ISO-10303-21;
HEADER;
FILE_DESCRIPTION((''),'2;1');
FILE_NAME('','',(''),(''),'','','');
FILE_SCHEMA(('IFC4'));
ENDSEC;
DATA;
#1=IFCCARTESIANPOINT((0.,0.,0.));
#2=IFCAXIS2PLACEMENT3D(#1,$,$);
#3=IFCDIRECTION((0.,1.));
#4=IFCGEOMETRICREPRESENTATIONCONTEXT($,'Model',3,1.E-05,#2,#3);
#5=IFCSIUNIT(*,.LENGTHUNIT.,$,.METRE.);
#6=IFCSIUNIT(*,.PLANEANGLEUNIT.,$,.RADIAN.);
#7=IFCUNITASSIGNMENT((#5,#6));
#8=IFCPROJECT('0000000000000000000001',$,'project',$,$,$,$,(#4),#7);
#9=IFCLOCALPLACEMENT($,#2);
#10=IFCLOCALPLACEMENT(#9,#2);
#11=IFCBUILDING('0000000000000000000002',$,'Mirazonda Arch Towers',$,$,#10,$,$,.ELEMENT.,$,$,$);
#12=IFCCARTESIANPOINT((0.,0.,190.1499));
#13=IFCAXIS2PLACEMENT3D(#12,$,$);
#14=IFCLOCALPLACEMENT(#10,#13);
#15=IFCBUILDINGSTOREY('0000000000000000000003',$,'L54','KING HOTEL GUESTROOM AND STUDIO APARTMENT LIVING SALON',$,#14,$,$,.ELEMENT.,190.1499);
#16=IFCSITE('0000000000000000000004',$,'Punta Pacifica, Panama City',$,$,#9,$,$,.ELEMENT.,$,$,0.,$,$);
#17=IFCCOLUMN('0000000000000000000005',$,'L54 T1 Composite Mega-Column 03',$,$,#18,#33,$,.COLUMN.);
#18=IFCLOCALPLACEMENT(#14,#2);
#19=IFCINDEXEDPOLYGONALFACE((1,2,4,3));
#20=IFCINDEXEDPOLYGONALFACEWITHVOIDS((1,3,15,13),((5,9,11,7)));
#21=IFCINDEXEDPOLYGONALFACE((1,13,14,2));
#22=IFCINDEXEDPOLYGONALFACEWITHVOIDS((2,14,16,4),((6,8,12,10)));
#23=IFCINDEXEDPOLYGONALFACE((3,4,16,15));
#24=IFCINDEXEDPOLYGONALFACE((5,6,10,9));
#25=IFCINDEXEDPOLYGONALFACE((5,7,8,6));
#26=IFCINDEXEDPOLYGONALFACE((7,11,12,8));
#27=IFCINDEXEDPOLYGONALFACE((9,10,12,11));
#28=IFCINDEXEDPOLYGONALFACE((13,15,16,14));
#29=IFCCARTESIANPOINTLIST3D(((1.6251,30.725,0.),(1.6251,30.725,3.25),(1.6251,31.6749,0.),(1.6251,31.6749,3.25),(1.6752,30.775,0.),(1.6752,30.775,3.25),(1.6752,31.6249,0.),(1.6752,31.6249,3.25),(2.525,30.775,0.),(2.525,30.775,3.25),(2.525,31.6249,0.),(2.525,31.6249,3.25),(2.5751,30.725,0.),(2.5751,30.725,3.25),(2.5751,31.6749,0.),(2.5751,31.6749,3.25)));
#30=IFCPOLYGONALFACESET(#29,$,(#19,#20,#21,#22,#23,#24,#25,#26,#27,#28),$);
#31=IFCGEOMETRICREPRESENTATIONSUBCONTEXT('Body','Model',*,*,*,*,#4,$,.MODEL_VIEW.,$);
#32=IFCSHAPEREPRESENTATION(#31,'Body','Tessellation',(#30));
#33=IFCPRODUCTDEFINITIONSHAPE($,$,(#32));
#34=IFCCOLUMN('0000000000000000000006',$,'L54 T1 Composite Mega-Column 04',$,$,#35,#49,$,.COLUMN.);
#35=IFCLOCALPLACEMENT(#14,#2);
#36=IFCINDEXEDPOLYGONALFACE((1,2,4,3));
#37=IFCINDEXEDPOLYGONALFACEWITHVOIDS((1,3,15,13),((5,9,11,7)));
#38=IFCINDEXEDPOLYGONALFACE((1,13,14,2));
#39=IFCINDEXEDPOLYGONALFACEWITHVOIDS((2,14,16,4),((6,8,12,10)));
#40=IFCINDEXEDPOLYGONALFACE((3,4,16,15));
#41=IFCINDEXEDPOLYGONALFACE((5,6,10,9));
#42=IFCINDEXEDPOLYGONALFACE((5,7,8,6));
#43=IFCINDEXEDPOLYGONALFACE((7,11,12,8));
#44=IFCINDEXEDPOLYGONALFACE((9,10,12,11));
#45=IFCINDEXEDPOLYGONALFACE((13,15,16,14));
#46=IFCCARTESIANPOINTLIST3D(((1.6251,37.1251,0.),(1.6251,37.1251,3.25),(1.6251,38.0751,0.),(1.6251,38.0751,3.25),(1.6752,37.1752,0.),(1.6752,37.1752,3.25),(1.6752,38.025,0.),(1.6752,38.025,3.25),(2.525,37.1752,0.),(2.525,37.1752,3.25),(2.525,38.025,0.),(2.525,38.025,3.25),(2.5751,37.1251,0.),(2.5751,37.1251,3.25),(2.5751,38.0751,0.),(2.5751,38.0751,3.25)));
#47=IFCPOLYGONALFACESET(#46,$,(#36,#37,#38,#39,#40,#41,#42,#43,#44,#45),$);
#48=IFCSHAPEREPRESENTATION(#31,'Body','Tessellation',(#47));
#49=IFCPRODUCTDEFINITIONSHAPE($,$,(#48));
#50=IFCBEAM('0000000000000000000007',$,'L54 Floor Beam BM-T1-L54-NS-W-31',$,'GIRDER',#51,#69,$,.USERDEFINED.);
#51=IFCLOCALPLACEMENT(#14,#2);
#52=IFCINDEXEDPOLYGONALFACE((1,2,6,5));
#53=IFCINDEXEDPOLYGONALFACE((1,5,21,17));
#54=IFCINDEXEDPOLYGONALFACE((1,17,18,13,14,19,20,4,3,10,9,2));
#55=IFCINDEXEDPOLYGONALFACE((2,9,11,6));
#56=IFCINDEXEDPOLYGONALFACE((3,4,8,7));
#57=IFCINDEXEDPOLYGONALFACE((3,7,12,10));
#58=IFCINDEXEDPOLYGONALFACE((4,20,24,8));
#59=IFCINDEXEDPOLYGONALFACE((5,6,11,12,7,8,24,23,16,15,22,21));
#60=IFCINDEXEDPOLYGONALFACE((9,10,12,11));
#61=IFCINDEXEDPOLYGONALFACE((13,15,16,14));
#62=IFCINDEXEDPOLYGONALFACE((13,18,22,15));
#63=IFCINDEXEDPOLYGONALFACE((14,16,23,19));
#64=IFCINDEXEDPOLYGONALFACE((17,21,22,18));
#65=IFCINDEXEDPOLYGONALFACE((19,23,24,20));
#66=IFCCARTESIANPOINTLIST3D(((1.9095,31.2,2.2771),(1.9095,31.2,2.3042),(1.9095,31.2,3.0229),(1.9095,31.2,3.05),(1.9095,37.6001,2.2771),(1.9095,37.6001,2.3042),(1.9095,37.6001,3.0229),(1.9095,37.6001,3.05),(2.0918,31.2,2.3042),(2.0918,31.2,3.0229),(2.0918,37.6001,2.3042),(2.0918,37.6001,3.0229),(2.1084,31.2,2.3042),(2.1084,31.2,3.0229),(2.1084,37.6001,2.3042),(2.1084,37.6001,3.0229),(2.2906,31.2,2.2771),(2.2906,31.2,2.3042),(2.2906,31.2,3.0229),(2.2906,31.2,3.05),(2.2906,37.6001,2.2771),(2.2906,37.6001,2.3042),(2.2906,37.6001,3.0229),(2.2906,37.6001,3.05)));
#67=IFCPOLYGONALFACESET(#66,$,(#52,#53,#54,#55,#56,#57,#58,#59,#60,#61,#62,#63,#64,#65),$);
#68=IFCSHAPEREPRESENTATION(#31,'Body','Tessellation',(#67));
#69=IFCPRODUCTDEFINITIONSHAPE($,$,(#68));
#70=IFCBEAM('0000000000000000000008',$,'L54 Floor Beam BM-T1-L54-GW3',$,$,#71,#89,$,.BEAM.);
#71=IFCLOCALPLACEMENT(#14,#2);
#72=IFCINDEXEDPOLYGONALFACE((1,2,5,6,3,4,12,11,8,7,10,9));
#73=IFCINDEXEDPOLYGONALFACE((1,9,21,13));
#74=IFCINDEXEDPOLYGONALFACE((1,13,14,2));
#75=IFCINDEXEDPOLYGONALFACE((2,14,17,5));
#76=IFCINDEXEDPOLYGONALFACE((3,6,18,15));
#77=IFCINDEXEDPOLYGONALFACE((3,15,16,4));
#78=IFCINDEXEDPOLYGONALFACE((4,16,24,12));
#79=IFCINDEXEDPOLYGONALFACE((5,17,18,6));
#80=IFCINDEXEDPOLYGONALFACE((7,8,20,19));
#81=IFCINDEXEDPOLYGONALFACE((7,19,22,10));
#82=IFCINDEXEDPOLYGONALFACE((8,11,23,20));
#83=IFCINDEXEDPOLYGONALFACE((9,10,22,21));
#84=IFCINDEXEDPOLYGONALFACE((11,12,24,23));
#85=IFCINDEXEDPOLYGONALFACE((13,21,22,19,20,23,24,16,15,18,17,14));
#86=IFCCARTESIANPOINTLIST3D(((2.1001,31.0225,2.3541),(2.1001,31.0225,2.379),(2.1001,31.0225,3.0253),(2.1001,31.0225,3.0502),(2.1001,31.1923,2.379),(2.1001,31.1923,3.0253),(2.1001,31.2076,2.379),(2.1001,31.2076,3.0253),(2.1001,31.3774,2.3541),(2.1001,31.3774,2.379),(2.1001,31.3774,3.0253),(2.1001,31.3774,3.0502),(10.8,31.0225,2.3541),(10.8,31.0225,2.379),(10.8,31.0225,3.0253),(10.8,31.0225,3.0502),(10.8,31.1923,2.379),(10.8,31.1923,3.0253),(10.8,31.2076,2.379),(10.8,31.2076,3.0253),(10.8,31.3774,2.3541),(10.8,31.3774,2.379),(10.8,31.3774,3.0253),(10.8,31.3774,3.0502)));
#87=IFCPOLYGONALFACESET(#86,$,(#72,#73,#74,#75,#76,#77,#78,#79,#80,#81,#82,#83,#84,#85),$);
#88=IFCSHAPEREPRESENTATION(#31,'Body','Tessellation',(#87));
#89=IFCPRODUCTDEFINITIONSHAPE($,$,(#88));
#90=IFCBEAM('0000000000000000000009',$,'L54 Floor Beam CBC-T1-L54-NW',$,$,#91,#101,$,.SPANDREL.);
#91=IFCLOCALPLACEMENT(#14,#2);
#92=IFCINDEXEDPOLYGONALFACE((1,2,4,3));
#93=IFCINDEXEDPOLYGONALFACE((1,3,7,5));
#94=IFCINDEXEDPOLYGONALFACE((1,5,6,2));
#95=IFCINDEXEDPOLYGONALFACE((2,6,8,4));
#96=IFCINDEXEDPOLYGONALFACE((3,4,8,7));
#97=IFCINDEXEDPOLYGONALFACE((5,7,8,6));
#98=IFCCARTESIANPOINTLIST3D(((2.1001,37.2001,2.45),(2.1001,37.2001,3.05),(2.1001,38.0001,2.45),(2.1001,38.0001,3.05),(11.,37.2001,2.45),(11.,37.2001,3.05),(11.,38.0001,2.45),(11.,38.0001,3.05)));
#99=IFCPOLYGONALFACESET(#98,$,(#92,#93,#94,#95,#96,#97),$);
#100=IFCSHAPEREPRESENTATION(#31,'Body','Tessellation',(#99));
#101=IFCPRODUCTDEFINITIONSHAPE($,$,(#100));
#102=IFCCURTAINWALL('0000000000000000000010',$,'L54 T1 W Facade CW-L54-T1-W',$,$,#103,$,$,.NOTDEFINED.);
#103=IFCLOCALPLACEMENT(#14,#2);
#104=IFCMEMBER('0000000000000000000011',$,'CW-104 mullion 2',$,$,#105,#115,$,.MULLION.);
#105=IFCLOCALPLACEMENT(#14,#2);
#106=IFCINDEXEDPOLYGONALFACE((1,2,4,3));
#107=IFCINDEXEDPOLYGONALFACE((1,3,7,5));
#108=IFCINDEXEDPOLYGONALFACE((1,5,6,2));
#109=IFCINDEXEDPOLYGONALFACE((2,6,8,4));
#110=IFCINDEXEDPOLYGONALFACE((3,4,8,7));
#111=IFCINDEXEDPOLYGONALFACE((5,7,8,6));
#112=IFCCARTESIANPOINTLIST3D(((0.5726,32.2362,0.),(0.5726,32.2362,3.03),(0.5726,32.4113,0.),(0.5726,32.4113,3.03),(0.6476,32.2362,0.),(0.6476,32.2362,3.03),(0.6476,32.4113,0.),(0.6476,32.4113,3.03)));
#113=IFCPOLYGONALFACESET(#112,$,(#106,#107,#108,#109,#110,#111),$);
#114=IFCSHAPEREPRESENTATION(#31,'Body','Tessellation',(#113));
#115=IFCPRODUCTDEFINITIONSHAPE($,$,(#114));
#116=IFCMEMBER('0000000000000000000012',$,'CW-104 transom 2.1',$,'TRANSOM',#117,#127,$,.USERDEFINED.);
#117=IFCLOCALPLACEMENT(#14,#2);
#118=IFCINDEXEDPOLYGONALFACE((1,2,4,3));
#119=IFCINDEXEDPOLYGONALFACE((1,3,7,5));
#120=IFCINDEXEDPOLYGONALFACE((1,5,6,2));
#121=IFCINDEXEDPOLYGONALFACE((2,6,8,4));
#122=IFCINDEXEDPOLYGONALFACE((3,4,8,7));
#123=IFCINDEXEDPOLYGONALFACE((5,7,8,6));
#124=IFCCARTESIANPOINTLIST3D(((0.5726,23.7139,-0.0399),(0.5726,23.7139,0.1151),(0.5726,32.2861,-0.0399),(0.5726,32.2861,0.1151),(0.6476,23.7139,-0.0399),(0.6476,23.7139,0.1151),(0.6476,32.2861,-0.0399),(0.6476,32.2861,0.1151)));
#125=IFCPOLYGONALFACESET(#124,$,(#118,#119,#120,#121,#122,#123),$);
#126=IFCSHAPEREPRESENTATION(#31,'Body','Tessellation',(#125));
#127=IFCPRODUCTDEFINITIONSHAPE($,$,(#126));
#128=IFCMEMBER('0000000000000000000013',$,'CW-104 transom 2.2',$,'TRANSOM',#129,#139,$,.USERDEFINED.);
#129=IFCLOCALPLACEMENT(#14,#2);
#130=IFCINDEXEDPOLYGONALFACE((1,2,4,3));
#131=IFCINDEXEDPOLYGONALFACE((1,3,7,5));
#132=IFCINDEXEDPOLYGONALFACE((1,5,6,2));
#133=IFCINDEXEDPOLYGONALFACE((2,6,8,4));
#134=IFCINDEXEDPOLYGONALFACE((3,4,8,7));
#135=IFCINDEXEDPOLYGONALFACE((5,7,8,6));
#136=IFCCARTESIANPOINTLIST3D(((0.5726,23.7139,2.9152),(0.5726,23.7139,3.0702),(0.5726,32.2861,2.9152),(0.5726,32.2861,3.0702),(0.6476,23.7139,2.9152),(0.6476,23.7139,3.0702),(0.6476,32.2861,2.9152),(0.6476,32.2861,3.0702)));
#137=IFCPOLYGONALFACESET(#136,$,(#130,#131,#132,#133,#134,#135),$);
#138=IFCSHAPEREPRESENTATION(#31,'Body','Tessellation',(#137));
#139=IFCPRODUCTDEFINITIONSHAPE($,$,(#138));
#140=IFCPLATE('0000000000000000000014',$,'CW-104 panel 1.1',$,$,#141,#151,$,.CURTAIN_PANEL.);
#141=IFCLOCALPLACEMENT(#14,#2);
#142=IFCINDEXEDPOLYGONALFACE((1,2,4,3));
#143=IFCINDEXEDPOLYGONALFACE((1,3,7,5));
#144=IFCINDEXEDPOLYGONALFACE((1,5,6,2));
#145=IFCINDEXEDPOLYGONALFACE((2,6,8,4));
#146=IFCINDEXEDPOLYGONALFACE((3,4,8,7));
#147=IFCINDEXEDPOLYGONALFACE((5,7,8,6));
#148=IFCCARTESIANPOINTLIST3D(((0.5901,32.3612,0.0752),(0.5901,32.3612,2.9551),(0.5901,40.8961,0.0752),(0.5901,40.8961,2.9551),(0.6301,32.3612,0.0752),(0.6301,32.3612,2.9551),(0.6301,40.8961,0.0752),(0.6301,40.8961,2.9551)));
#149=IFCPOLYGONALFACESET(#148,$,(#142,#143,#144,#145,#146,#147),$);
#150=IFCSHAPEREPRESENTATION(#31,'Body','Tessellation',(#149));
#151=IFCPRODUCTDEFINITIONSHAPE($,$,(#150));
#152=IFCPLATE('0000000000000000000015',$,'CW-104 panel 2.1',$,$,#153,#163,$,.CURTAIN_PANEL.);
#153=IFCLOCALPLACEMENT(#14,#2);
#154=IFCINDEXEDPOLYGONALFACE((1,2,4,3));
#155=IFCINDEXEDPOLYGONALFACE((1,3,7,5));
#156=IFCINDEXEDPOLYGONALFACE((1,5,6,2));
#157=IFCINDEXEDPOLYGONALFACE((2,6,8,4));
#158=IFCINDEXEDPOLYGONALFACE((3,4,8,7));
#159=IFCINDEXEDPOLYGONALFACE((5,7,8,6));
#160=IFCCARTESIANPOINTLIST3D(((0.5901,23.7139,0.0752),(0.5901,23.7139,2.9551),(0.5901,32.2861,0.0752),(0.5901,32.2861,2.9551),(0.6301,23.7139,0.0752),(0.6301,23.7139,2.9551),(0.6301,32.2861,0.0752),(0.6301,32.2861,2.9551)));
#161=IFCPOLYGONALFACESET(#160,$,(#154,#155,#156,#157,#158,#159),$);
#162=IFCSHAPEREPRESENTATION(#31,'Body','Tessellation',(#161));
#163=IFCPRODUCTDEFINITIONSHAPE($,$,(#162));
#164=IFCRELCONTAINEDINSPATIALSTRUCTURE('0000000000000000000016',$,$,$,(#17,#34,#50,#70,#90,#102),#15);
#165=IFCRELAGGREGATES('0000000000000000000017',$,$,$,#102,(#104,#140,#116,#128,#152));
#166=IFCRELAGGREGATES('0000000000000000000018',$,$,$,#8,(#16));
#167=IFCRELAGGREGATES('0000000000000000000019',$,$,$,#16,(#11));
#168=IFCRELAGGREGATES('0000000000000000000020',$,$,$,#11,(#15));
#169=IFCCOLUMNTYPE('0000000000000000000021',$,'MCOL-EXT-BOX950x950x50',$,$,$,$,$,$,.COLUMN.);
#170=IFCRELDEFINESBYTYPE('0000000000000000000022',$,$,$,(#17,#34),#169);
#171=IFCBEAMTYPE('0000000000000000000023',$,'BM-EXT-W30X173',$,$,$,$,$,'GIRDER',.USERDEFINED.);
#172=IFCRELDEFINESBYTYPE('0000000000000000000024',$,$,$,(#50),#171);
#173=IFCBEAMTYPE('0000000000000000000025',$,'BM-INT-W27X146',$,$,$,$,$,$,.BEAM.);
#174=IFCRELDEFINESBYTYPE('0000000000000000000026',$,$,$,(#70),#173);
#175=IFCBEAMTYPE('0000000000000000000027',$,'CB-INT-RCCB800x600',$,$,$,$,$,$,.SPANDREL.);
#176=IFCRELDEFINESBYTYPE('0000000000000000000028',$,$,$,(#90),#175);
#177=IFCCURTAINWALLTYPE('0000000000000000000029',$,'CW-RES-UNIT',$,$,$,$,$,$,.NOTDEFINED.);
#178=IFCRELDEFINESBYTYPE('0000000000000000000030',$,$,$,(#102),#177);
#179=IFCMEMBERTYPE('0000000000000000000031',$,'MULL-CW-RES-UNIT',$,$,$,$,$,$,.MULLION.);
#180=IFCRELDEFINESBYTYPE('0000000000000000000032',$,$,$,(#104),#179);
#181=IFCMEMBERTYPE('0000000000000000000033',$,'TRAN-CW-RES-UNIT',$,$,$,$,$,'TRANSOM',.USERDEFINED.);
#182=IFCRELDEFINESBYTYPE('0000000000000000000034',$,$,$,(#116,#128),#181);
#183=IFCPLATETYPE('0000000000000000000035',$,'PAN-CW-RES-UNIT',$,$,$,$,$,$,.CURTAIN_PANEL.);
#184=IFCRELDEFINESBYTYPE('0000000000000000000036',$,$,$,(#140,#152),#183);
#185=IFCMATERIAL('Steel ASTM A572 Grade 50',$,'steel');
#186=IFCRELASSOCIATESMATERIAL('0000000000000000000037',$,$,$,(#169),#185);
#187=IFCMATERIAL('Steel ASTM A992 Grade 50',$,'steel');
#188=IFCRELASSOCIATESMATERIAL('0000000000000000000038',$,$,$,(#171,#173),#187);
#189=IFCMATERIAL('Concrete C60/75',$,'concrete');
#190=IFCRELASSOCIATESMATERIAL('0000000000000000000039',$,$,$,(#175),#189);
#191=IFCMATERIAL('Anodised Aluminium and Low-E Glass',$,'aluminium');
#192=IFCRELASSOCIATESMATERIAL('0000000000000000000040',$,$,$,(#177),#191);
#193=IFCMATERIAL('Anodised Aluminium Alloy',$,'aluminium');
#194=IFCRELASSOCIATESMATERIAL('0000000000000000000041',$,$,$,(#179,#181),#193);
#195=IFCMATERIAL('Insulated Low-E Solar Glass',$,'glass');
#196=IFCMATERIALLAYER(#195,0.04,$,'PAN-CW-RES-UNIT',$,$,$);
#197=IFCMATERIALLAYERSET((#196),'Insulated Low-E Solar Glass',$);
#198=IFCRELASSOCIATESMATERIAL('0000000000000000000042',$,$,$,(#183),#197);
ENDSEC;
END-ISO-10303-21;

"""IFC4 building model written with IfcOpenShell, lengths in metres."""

from ifc_helpers import new_model, si_unit, direction, frame, origin, origin_2d, place, context, subcontext, project, spatial, rectangle, hollow_rectangle, i_section, extrude, material, layer, layer_set, material_profile, profile_set, type_object, element, aggregate, save


model = new_model("IFC4")

# Units and contexts
model_context = context("Model", 3, precision=1e-05, world=origin(), true_north=direction((0.0, 1.0)))
body_context = subcontext(model_context, "Body", "Model", "MODEL_VIEW")
ifc_project = project(units=[si_unit("LENGTHUNIT", "METRE"), si_unit("PLANEANGLEUNIT", "RADIAN")], contexts=[model_context])

# Site, building, storey
site_placement = place(None, origin())
site = spatial("IfcSite", under=ifc_project, at=site_placement, Name="Punta Pacifica, Panama City", CompositionType="ELEMENT", RefElevation=0.0)
building_placement = place(site_placement, origin())
building = spatial("IfcBuilding", under=site, at=building_placement, Name="Mirazonda Arch Towers", CompositionType="ELEMENT")
storey_placement = place(building_placement, frame((0.0, 0.0, 190.1499)))
storey = spatial("IfcBuildingStorey", under=building, at=storey_placement, Name="L54", Description="KING HOTEL GUESTROOM AND STUDIO APARTMENT LIVING SALON", CompositionType="ELEMENT", Elevation=190.1499)

# Columns
ifc_material_1 = material(Name="Steel ASTM A572 Grade 50", Category="steel")
ifc_material_profile_1 = material_profile(ifc_material_1, hollow_rectangle(XDim=0.95, YDim=0.95, WallThickness=0.05, at=origin_2d()), Name="BOX950x950x50")
ifc_profile_set_1 = profile_set([ifc_material_profile_1], Name="Steel ASTM A572 Grade 50")
column_type = type_object("IfcColumnType", Name="MCOL-EXT-BOX950x950x50", PredefinedType="COLUMN", material=ifc_profile_set_1)
for number, where, z_axis, x_axis, name in (
    (1, (2.1001, 31.2, 0.0), (0.0, 0.0, 1.0), (1.0, 0.0, 0.0), "L54 T1 Composite Mega-Column 03"),
    (2, (2.1001, 37.6001, 0.0), (0.0, 0.0, 1.0), (1.0, 0.0, 0.0), "L54 T1 Composite Mega-Column 04"),
):
    element("IfcColumn", number, at=place(storey_placement, frame(where, z_axis=z_axis, x_axis=x_axis)), inside=storey, type_object=column_type, Name=name, PredefinedType="COLUMN", context=body_context, shape_type="SweptSolid", body=[
        extrude(hollow_rectangle(XDim=0.95, YDim=0.95, WallThickness=0.05, at=origin_2d()), origin(), (0.0, 0.0, 1.0), 3.25),
    ])

# Beams
ifc_material_2 = material(Name="Steel ASTM A992 Grade 50", Category="steel")
ifc_material_profile_2 = material_profile(ifc_material_2, i_section(OverallWidth=0.3811, OverallDepth=0.7729, WebThickness=0.0166, FlangeThickness=0.0271, at=origin_2d()), Name="W30X173")
ifc_profile_set_2 = profile_set([ifc_material_profile_2], Name="Steel ASTM A992 Grade 50")
beam_type_1 = type_object("IfcBeamType", Name="BM-EXT-W30X173", ElementType="GIRDER", PredefinedType="USERDEFINED", material=ifc_profile_set_2)
beam_1_placement = place(storey_placement, frame((2.1001, 31.2, 2.6636), z_axis=(0.0, 1.0, 0.0), x_axis=(-1.0, 0.0, 0.0)))
element("IfcBeam", 3, at=beam_1_placement, inside=storey, type_object=beam_type_1, Name="L54 Floor Beam BM-T1-L54-NS-W-31", ObjectType="GIRDER", PredefinedType="USERDEFINED", context=body_context, shape_type="SweptSolid", body=[
    extrude(i_section(OverallWidth=0.3811, OverallDepth=0.7729, WebThickness=0.0166, FlangeThickness=0.0271, at=origin_2d()), origin(), (0.0, 0.0, 1.0), 6.4001),
])
ifc_material_profile_3 = material_profile(ifc_material_2, i_section(OverallWidth=0.355, OverallDepth=0.696, WebThickness=0.0154, FlangeThickness=0.0249, at=origin_2d()), Name="W27X146")
ifc_profile_set_3 = profile_set([ifc_material_profile_3], Name="Steel ASTM A992 Grade 50")
beam_type_2 = type_object("IfcBeamType", Name="BM-INT-W27X146", PredefinedType="BEAM", material=ifc_profile_set_3)
beam_2_placement = place(storey_placement, frame((2.1001, 31.2, 2.7021), z_axis=(1.0, 0.0, 0.0), x_axis=(0.0, 1.0, 0.0)))
element("IfcBeam", 4, at=beam_2_placement, inside=storey, type_object=beam_type_2, Name="L54 Floor Beam BM-T1-L54-GW3", PredefinedType="BEAM", context=body_context, shape_type="SweptSolid", body=[
    extrude(i_section(OverallWidth=0.355, OverallDepth=0.696, WebThickness=0.0154, FlangeThickness=0.0249, at=origin_2d()), origin(), (0.0, 0.0, 1.0), 8.7),
])
ifc_material_3 = material(Name="Concrete C60/75", Category="concrete")
ifc_material_profile_4 = material_profile(ifc_material_3, rectangle(XDim=0.8, YDim=0.6001, at=origin_2d()), Name="RCCB800x600")
ifc_profile_set_4 = profile_set([ifc_material_profile_4], Name="Concrete C60/75")
beam_type_3 = type_object("IfcBeamType", Name="CB-INT-RCCB800x600", PredefinedType="SPANDREL", material=ifc_profile_set_4)
beam_3_placement = place(storey_placement, frame((2.1001, 37.6001, 2.75), z_axis=(1.0, 0.0, 0.0), x_axis=(0.0, 1.0, 0.0)))
element("IfcBeam", 5, at=beam_3_placement, inside=storey, type_object=beam_type_3, Name="L54 Floor Beam CBC-T1-L54-NW", PredefinedType="SPANDREL", context=body_context, shape_type="SweptSolid", body=[
    extrude(rectangle(XDim=0.8, YDim=0.6001, at=origin_2d()), origin(), (0.0, 0.0, 1.0), 8.8999),
])

# Curtain wall, members, plates
ifc_material_4 = material(Name="Anodised Aluminium and Low-E Glass", Category="aluminium")
curtain_wall_type = type_object("IfcCurtainWallType", Name="CW-RES-UNIT", PredefinedType="NOTDEFINED", material=ifc_material_4)
curtain_wall_placement = place(storey_placement, origin())
curtain_wall = element("IfcCurtainWall", 6, at=curtain_wall_placement, inside=storey, type_object=curtain_wall_type, Name="L54 T1 W Facade CW-L54-T1-W", PredefinedType="NOTDEFINED")
ifc_material_5 = material(Name="Anodised Aluminium Alloy", Category="aluminium")
ifc_material_profile_5 = material_profile(ifc_material_5, rectangle(XDim=0.075, YDim=0.175, at=origin_2d()), Name="ALU-MULL-75x175")
ifc_profile_set_5 = profile_set([ifc_material_profile_5], Name="Anodised Aluminium Alloy")
member_type_1 = type_object("IfcMemberType", Name="MULL-CW-RES-UNIT", PredefinedType="MULLION", material=ifc_profile_set_5)
member_1_placement = place(storey_placement, frame((0.6101, 32.3237, 0.0), z_axis=(0.0, 0.0, 1.0), x_axis=(1.0, 0.0, 0.0)))
member_1 = element("IfcMember", 7, at=member_1_placement, type_object=member_type_1, Name="CW-104 mullion 2", PredefinedType="MULLION", context=body_context, shape_type="SweptSolid", body=[
    extrude(rectangle(XDim=0.075, YDim=0.175, at=origin_2d()), origin(), (0.0, 0.0, 1.0), 3.03),
])
ifc_material_profile_6 = material_profile(ifc_material_5, rectangle(XDim=0.075, YDim=0.155, at=origin_2d()), Name="ALU-TRAN-75x155")
ifc_profile_set_6 = profile_set([ifc_material_profile_6], Name="Anodised Aluminium Alloy")
member_type_2 = type_object("IfcMemberType", Name="TRAN-CW-RES-UNIT", ElementType="TRANSOM", PredefinedType="USERDEFINED", material=ifc_profile_set_6)
member_2_placement = place(storey_placement, frame((0.6101, 32.2861, 0.0376), z_axis=(0.0, -1.0, 0.0), x_axis=(1.0, 0.0, 0.0)))
member_2 = element("IfcMember", 8, at=member_2_placement, type_object=member_type_2, Name="CW-104 transom 2.1", ObjectType="TRANSOM", PredefinedType="USERDEFINED", context=body_context, shape_type="SweptSolid", body=[
    extrude(rectangle(XDim=0.075, YDim=0.155, at=origin_2d()), origin(), (0.0, 0.0, 1.0), 8.5723),
])
member_3_placement = place(storey_placement, frame((0.6101, 32.2861, 2.9927), z_axis=(0.0, -1.0, 0.0), x_axis=(1.0, 0.0, 0.0)))
member_3 = element("IfcMember", 9, at=member_3_placement, type_object=member_type_2, Name="CW-104 transom 2.2", ObjectType="TRANSOM", PredefinedType="USERDEFINED", context=body_context, shape_type="SweptSolid", body=[
    extrude(rectangle(XDim=0.075, YDim=0.155, at=origin_2d()), origin(), (0.0, 0.0, 1.0), 8.5723),
])
ifc_material_6 = material(Name="Insulated Low-E Solar Glass", Category="glass")
ifc_layer_1 = layer(ifc_material_6, 0.04, Name="PAN-CW-RES-UNIT")
ifc_layer_set_1 = layer_set([ifc_layer_1], Name="Insulated Low-E Solar Glass")
plate_type = type_object("IfcPlateType", Name="PAN-CW-RES-UNIT", PredefinedType="CURTAIN_PANEL", material=ifc_layer_set_1)
plate_1_placement = place(storey_placement, frame((0.6101, 36.6287, 0.0752), z_axis=(0.0, 0.0, 1.0), x_axis=(0.0, -1.0, 0.0)))
plate_1 = element("IfcPlate", 10, at=plate_1_placement, type_object=plate_type, Name="CW-104 panel 1.1", PredefinedType="CURTAIN_PANEL", context=body_context, shape_type="SweptSolid", body=[
    extrude(rectangle(XDim=8.5349, YDim=0.04, at=origin_2d()), origin(), (0.0, 0.0, 1.0), 2.8799),
])
plate_2_placement = place(storey_placement, frame((0.6101, 28.0, 0.0752), z_axis=(0.0, 0.0, 1.0), x_axis=(0.0, -1.0, 0.0)))
plate_2 = element("IfcPlate", 11, at=plate_2_placement, type_object=plate_type, Name="CW-104 panel 2.1", PredefinedType="CURTAIN_PANEL", context=body_context, shape_type="SweptSolid", body=[
    extrude(rectangle(XDim=8.5723, YDim=0.04, at=origin_2d()), origin(), (0.0, 0.0, 1.0), 2.8799),
])
aggregate(curtain_wall, [member_1, plate_1, member_2, member_3, plate_2])

save(model, "model.ifc")
